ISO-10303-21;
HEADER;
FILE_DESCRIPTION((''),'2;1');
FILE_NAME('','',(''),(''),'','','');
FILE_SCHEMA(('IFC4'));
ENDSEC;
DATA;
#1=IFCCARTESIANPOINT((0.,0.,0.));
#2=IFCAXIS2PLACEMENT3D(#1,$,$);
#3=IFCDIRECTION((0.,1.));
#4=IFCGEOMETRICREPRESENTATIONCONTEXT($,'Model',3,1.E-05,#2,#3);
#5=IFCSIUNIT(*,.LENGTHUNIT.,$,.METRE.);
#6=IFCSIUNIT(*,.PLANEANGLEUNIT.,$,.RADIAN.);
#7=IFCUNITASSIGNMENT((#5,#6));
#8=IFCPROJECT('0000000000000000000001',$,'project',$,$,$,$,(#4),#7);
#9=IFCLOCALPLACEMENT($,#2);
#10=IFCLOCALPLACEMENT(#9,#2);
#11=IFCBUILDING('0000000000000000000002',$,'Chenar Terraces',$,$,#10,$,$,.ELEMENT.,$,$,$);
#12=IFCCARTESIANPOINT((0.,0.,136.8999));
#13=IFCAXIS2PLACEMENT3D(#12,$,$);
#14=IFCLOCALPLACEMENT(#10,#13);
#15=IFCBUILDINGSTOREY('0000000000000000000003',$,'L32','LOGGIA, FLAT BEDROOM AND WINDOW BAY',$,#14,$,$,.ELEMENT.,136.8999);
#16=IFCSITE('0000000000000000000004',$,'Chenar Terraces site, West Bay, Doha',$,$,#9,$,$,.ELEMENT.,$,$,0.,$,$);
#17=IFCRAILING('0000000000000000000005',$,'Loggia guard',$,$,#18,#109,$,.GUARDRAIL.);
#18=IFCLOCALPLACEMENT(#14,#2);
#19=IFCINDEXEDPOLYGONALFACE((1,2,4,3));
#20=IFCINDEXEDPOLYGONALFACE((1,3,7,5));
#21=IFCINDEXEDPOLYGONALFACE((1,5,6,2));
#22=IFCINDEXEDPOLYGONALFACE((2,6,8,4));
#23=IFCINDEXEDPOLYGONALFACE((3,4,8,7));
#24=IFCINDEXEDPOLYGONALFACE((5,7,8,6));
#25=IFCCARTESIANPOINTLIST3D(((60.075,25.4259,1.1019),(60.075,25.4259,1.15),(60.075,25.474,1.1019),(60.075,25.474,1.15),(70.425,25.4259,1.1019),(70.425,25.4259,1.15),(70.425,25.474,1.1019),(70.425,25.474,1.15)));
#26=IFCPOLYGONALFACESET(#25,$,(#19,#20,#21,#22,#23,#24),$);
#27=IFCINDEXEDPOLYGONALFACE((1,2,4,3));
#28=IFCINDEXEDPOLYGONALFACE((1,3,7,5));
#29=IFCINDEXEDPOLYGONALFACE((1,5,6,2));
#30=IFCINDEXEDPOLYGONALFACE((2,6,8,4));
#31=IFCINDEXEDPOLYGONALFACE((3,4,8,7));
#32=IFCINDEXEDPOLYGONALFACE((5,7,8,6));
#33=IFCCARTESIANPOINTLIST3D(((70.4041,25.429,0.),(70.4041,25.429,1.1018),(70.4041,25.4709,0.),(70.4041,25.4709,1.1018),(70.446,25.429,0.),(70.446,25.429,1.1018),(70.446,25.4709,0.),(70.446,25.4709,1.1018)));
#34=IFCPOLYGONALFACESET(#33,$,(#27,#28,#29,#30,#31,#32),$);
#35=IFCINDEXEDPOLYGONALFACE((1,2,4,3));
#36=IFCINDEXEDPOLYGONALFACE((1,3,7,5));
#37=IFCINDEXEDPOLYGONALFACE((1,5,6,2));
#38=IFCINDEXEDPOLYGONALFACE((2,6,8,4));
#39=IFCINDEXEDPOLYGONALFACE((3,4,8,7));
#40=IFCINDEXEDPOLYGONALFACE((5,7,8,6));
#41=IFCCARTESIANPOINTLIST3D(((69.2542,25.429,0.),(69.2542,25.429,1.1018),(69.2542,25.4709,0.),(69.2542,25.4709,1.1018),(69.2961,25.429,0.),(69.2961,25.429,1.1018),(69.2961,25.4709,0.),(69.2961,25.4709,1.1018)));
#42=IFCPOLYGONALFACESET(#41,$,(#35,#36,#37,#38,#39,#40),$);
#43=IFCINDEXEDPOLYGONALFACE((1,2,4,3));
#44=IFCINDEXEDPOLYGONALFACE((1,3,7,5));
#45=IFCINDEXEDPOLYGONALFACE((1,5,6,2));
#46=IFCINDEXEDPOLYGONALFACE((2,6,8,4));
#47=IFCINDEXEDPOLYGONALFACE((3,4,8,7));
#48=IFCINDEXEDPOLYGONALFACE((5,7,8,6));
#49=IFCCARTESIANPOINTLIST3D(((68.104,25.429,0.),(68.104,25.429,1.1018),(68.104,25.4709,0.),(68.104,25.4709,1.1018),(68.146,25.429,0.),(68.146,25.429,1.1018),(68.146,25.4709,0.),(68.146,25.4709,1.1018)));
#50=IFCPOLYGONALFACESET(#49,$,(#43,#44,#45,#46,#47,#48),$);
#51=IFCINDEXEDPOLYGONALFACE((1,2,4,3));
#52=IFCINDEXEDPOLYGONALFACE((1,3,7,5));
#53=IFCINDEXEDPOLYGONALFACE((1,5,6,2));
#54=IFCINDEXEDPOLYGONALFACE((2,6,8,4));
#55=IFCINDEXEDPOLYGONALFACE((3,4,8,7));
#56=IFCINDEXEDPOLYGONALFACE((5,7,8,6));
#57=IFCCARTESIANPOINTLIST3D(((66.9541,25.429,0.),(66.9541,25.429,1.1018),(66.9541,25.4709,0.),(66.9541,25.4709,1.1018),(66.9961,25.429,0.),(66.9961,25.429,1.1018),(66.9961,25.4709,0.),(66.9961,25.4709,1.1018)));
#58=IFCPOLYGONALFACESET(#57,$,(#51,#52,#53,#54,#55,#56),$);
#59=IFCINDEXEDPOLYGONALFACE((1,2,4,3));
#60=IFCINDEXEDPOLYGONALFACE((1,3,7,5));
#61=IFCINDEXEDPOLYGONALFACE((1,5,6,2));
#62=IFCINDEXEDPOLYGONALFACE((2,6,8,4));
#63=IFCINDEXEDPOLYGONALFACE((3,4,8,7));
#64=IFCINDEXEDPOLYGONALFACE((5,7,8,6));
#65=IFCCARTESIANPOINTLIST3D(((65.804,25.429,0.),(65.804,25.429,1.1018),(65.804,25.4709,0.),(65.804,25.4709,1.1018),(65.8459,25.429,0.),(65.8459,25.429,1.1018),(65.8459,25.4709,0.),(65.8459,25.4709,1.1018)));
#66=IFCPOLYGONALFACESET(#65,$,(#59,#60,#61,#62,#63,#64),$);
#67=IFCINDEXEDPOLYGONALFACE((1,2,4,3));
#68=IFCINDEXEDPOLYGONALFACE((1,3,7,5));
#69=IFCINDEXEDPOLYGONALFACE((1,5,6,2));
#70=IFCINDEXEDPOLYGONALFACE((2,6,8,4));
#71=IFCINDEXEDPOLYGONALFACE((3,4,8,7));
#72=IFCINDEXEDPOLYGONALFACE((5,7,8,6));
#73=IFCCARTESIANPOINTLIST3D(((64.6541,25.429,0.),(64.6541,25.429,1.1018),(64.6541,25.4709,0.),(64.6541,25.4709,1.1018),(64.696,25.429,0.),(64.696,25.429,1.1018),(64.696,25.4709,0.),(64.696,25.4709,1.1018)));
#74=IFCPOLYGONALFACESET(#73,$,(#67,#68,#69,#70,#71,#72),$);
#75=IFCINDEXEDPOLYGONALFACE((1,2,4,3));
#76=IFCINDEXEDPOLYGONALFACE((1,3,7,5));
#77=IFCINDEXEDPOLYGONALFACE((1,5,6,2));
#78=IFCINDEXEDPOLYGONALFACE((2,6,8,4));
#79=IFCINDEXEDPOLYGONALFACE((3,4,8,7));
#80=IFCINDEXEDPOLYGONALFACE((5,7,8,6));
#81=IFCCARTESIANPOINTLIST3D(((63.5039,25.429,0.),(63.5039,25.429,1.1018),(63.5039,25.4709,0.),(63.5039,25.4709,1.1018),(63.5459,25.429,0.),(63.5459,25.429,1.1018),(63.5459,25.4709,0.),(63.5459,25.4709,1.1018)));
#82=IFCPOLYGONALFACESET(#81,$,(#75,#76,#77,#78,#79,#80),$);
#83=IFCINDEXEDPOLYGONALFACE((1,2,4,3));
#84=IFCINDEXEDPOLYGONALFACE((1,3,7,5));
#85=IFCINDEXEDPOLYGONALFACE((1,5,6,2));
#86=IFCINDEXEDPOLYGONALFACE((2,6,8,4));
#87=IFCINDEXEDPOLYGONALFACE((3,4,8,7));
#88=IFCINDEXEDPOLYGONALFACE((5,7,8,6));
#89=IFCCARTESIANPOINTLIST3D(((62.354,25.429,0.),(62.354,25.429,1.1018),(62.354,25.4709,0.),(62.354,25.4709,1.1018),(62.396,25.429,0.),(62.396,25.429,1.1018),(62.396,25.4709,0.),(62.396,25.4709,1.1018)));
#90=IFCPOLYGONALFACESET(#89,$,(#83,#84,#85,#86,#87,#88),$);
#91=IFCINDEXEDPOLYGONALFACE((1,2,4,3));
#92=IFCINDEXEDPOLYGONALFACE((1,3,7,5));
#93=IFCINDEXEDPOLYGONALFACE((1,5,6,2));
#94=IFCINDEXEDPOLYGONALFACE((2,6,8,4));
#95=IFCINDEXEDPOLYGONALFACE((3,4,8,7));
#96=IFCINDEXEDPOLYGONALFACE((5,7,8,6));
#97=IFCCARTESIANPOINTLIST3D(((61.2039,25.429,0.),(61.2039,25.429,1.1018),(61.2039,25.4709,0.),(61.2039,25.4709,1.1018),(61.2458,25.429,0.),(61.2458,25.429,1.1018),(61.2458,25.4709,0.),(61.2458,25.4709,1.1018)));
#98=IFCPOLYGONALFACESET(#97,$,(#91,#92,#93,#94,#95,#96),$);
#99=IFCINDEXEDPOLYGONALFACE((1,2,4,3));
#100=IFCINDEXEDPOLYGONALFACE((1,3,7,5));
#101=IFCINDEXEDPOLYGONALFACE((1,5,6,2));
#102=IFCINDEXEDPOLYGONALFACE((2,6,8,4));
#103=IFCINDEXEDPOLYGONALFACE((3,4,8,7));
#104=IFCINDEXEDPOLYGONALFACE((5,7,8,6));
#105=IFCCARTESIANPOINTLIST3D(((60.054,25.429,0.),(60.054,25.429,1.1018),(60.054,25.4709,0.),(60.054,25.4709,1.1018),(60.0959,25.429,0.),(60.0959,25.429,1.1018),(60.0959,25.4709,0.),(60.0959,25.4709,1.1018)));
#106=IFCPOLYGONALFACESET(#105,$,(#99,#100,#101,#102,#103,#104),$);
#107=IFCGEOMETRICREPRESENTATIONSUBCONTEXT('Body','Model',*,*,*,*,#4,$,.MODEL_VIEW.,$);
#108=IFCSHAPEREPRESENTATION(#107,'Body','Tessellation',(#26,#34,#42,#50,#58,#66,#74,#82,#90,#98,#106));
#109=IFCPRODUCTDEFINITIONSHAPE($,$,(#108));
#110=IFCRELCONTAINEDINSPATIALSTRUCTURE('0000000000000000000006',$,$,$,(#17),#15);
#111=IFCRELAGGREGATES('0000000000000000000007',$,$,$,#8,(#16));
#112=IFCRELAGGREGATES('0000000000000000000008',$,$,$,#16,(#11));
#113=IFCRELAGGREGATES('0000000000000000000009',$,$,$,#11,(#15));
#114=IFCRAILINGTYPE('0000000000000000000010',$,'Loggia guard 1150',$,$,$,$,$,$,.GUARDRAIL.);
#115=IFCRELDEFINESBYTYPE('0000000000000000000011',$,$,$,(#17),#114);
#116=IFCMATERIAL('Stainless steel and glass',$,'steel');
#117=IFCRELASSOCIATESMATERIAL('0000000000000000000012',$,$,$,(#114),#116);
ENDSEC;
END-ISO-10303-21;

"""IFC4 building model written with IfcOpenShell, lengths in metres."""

from ifc_helpers import new_model, si_unit, direction, frame, origin, origin_2d, place, context, subcontext, project, spatial, rectangle, extrude, material, type_object, element, save


model = new_model("IFC4")

# Units and contexts
model_context = context("Model", 3, precision=1e-05, world=origin(), true_north=direction((0.0, 1.0)))
body_context = subcontext(model_context, "Body", "Model", "MODEL_VIEW")
ifc_project = project(units=[si_unit("LENGTHUNIT", "METRE"), si_unit("PLANEANGLEUNIT", "RADIAN")], contexts=[model_context])

# Site, building, storey
site_placement = place(None, origin())
site = spatial("IfcSite", under=ifc_project, at=site_placement, Name="Chenar Terraces site, West Bay, Doha", CompositionType="ELEMENT", RefElevation=0.0)
building_placement = place(site_placement, origin())
building = spatial("IfcBuilding", under=site, at=building_placement, Name="Chenar Terraces", CompositionType="ELEMENT")
storey_placement = place(building_placement, frame((0.0, 0.0, 136.8999)))
storey = spatial("IfcBuildingStorey", under=building, at=storey_placement, Name="L32", Description="LOGGIA, FLAT BEDROOM AND WINDOW BAY", CompositionType="ELEMENT", Elevation=136.8999)

# Railing
ifc_material_1 = material(Name="Stainless steel and glass", Category="steel")
railing_type = type_object("IfcRailingType", Name="Loggia guard 1150", PredefinedType="GUARDRAIL", material=ifc_material_1)
railing_placement = place(storey_placement, frame((70.425, 25.45, 0.0)))
element("IfcRailing", 1, at=railing_placement, inside=storey, type_object=railing_type, Name="Loggia guard", PredefinedType="GUARDRAIL", context=body_context, shape_type="SweptSolid", body=[
    extrude(rectangle(XDim=0.0481, YDim=0.0481, at=origin_2d()), frame((0.0, 0.0, 1.126), z_axis=(-1.0, 0.0, 0.0), x_axis=(0.0, -1.0, 0.0)), (0.0, 0.0, 1.0), 10.3501),
    extrude(rectangle(XDim=0.042, YDim=0.042, at=origin_2d()), origin(), (0.0, 0.0, 1.0), 1.1018),
    extrude(rectangle(XDim=0.042, YDim=0.042, at=origin_2d()), frame((-1.1499, 0.0, 0.0)), (0.0, 0.0, 1.0), 1.1018),
    extrude(rectangle(XDim=0.042, YDim=0.042, at=origin_2d()), frame((-2.3, 0.0, 0.0)), (0.0, 0.0, 1.0), 1.1018),
    extrude(rectangle(XDim=0.042, YDim=0.042, at=origin_2d()), frame((-3.45, 0.0, 0.0)), (0.0, 0.0, 1.0), 1.1018),
    extrude(rectangle(XDim=0.042, YDim=0.042, at=origin_2d()), frame((-4.6001, 0.0, 0.0)), (0.0, 0.0, 1.0), 1.1018),
    extrude(rectangle(XDim=0.042, YDim=0.042, at=origin_2d()), frame((-5.75, 0.0, 0.0)), (0.0, 0.0, 1.0), 1.1018),
    extrude(rectangle(XDim=0.042, YDim=0.042, at=origin_2d()), frame((-6.9001, 0.0, 0.0)), (0.0, 0.0, 1.0), 1.1018),
    extrude(rectangle(XDim=0.042, YDim=0.042, at=origin_2d()), frame((-8.05, 0.0, 0.0)), (0.0, 0.0, 1.0), 1.1018),
    extrude(rectangle(XDim=0.042, YDim=0.042, at=origin_2d()), frame((-9.2002, 0.0, 0.0)), (0.0, 0.0, 1.0), 1.1018),
    extrude(rectangle(XDim=0.042, YDim=0.042, at=origin_2d()), frame((-10.3501, 0.0, 0.0)), (0.0, 0.0, 1.0), 1.1018),
])

save(model, "model.ifc")
